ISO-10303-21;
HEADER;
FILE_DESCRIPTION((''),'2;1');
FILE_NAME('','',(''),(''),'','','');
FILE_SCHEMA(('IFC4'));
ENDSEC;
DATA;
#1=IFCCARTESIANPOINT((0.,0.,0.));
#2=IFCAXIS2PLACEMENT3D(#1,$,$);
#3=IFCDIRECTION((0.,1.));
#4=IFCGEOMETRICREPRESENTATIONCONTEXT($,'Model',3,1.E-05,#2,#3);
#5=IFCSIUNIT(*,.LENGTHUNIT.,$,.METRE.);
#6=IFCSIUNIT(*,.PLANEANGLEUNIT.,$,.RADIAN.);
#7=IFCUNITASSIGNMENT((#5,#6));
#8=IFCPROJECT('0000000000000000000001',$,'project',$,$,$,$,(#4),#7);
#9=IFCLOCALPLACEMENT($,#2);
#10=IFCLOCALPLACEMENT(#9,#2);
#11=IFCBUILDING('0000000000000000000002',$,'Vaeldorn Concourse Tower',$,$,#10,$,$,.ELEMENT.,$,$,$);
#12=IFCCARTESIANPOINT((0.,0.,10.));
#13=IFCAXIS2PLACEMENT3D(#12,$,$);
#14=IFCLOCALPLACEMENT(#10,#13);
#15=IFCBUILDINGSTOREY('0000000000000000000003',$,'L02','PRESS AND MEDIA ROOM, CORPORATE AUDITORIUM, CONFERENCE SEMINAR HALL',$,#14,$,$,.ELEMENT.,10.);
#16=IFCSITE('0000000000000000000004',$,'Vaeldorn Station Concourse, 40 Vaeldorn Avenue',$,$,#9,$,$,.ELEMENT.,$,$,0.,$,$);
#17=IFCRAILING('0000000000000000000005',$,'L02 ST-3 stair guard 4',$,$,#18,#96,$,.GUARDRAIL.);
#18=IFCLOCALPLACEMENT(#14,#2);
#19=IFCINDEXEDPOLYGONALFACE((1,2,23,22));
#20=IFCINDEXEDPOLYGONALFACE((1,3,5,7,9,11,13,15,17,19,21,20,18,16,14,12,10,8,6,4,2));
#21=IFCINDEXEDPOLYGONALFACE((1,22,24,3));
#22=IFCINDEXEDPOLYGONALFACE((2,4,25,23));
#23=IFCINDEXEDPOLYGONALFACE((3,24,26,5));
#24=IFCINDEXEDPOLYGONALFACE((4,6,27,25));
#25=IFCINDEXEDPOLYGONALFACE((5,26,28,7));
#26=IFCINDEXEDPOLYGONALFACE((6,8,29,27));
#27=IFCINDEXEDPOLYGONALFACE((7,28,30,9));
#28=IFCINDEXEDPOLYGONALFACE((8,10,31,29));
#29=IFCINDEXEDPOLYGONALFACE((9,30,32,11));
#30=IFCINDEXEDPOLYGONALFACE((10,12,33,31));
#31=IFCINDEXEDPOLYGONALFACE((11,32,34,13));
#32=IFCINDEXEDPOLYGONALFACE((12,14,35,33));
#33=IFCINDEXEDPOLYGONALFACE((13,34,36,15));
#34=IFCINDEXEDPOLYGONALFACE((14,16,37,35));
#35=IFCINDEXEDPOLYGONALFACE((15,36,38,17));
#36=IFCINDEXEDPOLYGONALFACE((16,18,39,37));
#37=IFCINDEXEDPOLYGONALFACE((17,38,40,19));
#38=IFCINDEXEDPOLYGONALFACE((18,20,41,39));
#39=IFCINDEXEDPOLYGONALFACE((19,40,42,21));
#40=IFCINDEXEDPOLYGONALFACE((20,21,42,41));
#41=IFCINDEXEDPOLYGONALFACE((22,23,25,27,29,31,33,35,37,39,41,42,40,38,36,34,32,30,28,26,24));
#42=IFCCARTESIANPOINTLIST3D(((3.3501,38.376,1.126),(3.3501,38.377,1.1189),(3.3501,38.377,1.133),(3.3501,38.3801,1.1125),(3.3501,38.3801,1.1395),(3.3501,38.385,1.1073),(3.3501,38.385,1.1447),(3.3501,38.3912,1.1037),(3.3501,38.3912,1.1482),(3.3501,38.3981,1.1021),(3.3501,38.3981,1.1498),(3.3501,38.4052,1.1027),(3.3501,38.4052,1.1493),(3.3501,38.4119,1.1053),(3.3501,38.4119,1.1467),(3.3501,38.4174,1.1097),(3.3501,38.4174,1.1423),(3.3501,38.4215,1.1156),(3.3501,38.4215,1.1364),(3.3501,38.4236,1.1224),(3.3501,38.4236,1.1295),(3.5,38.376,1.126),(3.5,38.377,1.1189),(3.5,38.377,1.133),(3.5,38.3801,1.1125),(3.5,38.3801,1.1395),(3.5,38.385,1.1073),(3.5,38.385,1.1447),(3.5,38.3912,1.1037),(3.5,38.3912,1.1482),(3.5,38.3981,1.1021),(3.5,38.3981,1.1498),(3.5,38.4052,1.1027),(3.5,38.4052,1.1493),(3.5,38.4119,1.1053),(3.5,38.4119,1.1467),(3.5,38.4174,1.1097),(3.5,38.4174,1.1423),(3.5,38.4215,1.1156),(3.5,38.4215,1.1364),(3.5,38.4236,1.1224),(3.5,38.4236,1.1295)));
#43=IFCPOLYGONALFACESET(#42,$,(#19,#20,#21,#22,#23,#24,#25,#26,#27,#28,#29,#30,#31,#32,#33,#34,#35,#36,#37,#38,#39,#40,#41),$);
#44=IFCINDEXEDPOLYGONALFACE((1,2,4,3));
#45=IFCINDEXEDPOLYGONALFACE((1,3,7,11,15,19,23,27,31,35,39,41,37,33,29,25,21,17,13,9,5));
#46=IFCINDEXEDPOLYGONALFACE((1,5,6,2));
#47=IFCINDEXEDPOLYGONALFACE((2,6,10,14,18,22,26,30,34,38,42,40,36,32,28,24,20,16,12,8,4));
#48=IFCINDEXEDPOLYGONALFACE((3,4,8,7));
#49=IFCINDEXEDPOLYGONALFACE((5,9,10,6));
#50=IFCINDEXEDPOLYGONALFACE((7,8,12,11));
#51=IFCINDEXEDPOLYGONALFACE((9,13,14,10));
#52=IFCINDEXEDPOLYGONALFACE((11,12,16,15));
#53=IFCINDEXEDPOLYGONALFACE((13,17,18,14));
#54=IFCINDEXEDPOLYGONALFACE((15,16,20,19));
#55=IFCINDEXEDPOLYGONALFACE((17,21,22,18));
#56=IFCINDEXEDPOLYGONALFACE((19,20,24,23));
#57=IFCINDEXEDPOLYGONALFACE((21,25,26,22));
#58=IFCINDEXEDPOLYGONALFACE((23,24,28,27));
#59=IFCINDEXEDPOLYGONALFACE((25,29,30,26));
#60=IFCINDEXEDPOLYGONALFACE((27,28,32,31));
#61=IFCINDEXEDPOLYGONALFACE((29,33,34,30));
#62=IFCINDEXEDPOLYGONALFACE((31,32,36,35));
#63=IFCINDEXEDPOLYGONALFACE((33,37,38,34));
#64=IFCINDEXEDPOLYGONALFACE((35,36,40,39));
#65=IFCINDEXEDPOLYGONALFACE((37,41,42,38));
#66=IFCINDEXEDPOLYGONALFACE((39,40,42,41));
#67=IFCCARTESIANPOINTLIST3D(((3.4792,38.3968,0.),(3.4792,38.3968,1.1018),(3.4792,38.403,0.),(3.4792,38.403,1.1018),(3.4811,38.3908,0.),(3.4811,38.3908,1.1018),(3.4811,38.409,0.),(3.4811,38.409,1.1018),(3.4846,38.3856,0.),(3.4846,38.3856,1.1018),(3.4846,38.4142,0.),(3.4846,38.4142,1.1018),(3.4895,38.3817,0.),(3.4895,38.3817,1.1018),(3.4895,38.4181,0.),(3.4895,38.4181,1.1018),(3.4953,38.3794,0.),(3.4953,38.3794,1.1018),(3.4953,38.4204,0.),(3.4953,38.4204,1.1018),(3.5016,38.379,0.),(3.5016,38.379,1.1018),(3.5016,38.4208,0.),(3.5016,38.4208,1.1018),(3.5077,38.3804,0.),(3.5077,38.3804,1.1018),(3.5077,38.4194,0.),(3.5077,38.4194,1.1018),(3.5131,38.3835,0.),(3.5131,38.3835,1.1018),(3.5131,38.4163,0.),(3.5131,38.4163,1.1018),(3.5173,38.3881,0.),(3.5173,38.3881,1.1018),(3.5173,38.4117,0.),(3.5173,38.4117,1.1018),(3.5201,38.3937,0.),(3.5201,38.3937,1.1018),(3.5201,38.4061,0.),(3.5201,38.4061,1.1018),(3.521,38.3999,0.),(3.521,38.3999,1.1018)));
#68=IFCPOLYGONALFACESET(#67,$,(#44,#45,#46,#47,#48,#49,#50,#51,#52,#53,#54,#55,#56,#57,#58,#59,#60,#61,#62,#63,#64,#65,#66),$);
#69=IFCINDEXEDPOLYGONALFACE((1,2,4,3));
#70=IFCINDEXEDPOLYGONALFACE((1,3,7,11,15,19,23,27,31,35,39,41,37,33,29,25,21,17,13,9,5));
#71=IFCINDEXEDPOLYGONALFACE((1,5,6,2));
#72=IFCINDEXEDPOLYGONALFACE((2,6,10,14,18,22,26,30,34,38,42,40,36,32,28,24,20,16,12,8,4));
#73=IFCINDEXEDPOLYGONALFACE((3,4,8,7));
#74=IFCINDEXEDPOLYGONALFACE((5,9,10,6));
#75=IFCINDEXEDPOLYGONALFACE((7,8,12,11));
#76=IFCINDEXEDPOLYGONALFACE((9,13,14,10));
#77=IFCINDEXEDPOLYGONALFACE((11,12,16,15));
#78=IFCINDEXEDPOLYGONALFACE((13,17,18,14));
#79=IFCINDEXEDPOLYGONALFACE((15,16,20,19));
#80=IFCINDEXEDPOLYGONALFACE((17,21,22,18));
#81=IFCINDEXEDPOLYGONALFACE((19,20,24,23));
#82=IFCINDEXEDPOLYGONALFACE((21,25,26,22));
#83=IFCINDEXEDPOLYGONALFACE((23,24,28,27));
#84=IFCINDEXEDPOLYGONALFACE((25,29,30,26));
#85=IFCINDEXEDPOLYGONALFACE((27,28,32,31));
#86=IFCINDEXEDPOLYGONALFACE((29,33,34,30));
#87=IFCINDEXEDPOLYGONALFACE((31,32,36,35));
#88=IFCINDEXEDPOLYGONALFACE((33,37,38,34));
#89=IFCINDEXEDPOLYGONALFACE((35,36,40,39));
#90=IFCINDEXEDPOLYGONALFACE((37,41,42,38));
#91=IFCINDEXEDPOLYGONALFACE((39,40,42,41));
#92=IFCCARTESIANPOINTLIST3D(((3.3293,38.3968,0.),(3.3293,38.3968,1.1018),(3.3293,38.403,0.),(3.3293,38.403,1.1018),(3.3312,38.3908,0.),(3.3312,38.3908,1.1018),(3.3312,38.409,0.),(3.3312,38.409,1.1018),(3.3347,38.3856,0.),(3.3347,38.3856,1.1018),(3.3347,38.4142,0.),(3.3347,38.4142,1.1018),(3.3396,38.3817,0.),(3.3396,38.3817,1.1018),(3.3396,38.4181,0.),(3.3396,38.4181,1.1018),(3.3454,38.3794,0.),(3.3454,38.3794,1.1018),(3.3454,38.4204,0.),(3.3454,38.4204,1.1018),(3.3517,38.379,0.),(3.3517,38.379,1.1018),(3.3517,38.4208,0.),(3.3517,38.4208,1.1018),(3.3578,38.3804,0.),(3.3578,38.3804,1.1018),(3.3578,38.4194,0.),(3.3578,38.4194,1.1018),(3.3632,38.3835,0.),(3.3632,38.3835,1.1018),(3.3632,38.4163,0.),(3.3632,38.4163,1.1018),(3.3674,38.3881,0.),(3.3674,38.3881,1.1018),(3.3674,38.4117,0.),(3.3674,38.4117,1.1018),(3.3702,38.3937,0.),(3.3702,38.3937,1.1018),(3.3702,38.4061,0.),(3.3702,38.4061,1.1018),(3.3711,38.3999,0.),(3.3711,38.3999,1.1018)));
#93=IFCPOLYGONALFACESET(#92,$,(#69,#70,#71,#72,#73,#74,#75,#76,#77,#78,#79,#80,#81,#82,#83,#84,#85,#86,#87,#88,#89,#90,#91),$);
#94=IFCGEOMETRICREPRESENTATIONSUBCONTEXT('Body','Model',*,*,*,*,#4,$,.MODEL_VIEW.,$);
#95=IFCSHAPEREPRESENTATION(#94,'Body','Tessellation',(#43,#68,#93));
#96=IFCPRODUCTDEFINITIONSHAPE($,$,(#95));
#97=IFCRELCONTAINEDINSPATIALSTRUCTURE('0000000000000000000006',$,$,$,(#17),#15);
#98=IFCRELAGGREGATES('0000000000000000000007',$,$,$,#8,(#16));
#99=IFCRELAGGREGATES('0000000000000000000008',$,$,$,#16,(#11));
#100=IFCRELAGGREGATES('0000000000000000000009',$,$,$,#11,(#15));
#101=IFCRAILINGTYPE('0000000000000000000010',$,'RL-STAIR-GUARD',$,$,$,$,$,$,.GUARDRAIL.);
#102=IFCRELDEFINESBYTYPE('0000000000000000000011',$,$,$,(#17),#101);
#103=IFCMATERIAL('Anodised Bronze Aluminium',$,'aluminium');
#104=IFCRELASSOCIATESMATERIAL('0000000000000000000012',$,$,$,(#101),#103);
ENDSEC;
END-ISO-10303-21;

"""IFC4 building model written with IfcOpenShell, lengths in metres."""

from ifc_helpers import new_model, si_unit, direction, frame, origin, origin_2d, place, context, subcontext, project, spatial, circle, extrude, material, type_object, element, save


model = new_model("IFC4")

# Units and contexts
model_context = context("Model", 3, precision=1e-05, world=origin(), true_north=direction((0.0, 1.0)))
body_context = subcontext(model_context, "Body", "Model", "MODEL_VIEW")
ifc_project = project(units=[si_unit("LENGTHUNIT", "METRE"), si_unit("PLANEANGLEUNIT", "RADIAN")], contexts=[model_context])

# Site, building, storey
site_placement = place(None, origin())
site = spatial("IfcSite", under=ifc_project, at=site_placement, Name="Vaeldorn Station Concourse, 40 Vaeldorn Avenue", CompositionType="ELEMENT", RefElevation=0.0)
building_placement = place(site_placement, origin())
building = spatial("IfcBuilding", under=site, at=building_placement, Name="Vaeldorn Concourse Tower", CompositionType="ELEMENT")
storey_placement = place(building_placement, frame((0.0, 0.0, 10.0)))
storey = spatial("IfcBuildingStorey", under=building, at=storey_placement, Name="L02", Description="PRESS AND MEDIA ROOM, CORPORATE AUDITORIUM, CONFERENCE SEMINAR HALL", CompositionType="ELEMENT", Elevation=10.0)

# Shared definitions
ifc_material_1 = material(Name="Anodised Bronze Aluminium", Category="aluminium")

# Railing
railing_type_1 = type_object("IfcRailingType", Name="RL-STAIR-GUARD", PredefinedType="GUARDRAIL", material=ifc_material_1)
railing_1_placement = place(storey_placement, frame((3.5, 38.3999, 0.0)))
element("IfcRailing", 1, at=railing_1_placement, inside=storey, type_object=railing_type_1, Name="L02 ST-3 stair guard 4", PredefinedType="GUARDRAIL", context=body_context, shape_type="SweptSolid", body=[
    extrude(circle(Radius=0.0239, at=origin_2d()), frame((0.0, 0.0, 1.126), z_axis=(-1.0, 0.0, 0.0), x_axis=(0.0, -1.0, 0.0)), (0.0, 0.0, 1.0), 0.1499),
    extrude(circle(Radius=0.021, at=origin_2d()), origin(), (0.0, 0.0, 1.0), 1.1018),
    extrude(circle(Radius=0.021, at=origin_2d()), frame((-0.1499, 0.0, 0.0)), (0.0, 0.0, 1.0), 1.1018),
])

save(model, "model.ifc")
